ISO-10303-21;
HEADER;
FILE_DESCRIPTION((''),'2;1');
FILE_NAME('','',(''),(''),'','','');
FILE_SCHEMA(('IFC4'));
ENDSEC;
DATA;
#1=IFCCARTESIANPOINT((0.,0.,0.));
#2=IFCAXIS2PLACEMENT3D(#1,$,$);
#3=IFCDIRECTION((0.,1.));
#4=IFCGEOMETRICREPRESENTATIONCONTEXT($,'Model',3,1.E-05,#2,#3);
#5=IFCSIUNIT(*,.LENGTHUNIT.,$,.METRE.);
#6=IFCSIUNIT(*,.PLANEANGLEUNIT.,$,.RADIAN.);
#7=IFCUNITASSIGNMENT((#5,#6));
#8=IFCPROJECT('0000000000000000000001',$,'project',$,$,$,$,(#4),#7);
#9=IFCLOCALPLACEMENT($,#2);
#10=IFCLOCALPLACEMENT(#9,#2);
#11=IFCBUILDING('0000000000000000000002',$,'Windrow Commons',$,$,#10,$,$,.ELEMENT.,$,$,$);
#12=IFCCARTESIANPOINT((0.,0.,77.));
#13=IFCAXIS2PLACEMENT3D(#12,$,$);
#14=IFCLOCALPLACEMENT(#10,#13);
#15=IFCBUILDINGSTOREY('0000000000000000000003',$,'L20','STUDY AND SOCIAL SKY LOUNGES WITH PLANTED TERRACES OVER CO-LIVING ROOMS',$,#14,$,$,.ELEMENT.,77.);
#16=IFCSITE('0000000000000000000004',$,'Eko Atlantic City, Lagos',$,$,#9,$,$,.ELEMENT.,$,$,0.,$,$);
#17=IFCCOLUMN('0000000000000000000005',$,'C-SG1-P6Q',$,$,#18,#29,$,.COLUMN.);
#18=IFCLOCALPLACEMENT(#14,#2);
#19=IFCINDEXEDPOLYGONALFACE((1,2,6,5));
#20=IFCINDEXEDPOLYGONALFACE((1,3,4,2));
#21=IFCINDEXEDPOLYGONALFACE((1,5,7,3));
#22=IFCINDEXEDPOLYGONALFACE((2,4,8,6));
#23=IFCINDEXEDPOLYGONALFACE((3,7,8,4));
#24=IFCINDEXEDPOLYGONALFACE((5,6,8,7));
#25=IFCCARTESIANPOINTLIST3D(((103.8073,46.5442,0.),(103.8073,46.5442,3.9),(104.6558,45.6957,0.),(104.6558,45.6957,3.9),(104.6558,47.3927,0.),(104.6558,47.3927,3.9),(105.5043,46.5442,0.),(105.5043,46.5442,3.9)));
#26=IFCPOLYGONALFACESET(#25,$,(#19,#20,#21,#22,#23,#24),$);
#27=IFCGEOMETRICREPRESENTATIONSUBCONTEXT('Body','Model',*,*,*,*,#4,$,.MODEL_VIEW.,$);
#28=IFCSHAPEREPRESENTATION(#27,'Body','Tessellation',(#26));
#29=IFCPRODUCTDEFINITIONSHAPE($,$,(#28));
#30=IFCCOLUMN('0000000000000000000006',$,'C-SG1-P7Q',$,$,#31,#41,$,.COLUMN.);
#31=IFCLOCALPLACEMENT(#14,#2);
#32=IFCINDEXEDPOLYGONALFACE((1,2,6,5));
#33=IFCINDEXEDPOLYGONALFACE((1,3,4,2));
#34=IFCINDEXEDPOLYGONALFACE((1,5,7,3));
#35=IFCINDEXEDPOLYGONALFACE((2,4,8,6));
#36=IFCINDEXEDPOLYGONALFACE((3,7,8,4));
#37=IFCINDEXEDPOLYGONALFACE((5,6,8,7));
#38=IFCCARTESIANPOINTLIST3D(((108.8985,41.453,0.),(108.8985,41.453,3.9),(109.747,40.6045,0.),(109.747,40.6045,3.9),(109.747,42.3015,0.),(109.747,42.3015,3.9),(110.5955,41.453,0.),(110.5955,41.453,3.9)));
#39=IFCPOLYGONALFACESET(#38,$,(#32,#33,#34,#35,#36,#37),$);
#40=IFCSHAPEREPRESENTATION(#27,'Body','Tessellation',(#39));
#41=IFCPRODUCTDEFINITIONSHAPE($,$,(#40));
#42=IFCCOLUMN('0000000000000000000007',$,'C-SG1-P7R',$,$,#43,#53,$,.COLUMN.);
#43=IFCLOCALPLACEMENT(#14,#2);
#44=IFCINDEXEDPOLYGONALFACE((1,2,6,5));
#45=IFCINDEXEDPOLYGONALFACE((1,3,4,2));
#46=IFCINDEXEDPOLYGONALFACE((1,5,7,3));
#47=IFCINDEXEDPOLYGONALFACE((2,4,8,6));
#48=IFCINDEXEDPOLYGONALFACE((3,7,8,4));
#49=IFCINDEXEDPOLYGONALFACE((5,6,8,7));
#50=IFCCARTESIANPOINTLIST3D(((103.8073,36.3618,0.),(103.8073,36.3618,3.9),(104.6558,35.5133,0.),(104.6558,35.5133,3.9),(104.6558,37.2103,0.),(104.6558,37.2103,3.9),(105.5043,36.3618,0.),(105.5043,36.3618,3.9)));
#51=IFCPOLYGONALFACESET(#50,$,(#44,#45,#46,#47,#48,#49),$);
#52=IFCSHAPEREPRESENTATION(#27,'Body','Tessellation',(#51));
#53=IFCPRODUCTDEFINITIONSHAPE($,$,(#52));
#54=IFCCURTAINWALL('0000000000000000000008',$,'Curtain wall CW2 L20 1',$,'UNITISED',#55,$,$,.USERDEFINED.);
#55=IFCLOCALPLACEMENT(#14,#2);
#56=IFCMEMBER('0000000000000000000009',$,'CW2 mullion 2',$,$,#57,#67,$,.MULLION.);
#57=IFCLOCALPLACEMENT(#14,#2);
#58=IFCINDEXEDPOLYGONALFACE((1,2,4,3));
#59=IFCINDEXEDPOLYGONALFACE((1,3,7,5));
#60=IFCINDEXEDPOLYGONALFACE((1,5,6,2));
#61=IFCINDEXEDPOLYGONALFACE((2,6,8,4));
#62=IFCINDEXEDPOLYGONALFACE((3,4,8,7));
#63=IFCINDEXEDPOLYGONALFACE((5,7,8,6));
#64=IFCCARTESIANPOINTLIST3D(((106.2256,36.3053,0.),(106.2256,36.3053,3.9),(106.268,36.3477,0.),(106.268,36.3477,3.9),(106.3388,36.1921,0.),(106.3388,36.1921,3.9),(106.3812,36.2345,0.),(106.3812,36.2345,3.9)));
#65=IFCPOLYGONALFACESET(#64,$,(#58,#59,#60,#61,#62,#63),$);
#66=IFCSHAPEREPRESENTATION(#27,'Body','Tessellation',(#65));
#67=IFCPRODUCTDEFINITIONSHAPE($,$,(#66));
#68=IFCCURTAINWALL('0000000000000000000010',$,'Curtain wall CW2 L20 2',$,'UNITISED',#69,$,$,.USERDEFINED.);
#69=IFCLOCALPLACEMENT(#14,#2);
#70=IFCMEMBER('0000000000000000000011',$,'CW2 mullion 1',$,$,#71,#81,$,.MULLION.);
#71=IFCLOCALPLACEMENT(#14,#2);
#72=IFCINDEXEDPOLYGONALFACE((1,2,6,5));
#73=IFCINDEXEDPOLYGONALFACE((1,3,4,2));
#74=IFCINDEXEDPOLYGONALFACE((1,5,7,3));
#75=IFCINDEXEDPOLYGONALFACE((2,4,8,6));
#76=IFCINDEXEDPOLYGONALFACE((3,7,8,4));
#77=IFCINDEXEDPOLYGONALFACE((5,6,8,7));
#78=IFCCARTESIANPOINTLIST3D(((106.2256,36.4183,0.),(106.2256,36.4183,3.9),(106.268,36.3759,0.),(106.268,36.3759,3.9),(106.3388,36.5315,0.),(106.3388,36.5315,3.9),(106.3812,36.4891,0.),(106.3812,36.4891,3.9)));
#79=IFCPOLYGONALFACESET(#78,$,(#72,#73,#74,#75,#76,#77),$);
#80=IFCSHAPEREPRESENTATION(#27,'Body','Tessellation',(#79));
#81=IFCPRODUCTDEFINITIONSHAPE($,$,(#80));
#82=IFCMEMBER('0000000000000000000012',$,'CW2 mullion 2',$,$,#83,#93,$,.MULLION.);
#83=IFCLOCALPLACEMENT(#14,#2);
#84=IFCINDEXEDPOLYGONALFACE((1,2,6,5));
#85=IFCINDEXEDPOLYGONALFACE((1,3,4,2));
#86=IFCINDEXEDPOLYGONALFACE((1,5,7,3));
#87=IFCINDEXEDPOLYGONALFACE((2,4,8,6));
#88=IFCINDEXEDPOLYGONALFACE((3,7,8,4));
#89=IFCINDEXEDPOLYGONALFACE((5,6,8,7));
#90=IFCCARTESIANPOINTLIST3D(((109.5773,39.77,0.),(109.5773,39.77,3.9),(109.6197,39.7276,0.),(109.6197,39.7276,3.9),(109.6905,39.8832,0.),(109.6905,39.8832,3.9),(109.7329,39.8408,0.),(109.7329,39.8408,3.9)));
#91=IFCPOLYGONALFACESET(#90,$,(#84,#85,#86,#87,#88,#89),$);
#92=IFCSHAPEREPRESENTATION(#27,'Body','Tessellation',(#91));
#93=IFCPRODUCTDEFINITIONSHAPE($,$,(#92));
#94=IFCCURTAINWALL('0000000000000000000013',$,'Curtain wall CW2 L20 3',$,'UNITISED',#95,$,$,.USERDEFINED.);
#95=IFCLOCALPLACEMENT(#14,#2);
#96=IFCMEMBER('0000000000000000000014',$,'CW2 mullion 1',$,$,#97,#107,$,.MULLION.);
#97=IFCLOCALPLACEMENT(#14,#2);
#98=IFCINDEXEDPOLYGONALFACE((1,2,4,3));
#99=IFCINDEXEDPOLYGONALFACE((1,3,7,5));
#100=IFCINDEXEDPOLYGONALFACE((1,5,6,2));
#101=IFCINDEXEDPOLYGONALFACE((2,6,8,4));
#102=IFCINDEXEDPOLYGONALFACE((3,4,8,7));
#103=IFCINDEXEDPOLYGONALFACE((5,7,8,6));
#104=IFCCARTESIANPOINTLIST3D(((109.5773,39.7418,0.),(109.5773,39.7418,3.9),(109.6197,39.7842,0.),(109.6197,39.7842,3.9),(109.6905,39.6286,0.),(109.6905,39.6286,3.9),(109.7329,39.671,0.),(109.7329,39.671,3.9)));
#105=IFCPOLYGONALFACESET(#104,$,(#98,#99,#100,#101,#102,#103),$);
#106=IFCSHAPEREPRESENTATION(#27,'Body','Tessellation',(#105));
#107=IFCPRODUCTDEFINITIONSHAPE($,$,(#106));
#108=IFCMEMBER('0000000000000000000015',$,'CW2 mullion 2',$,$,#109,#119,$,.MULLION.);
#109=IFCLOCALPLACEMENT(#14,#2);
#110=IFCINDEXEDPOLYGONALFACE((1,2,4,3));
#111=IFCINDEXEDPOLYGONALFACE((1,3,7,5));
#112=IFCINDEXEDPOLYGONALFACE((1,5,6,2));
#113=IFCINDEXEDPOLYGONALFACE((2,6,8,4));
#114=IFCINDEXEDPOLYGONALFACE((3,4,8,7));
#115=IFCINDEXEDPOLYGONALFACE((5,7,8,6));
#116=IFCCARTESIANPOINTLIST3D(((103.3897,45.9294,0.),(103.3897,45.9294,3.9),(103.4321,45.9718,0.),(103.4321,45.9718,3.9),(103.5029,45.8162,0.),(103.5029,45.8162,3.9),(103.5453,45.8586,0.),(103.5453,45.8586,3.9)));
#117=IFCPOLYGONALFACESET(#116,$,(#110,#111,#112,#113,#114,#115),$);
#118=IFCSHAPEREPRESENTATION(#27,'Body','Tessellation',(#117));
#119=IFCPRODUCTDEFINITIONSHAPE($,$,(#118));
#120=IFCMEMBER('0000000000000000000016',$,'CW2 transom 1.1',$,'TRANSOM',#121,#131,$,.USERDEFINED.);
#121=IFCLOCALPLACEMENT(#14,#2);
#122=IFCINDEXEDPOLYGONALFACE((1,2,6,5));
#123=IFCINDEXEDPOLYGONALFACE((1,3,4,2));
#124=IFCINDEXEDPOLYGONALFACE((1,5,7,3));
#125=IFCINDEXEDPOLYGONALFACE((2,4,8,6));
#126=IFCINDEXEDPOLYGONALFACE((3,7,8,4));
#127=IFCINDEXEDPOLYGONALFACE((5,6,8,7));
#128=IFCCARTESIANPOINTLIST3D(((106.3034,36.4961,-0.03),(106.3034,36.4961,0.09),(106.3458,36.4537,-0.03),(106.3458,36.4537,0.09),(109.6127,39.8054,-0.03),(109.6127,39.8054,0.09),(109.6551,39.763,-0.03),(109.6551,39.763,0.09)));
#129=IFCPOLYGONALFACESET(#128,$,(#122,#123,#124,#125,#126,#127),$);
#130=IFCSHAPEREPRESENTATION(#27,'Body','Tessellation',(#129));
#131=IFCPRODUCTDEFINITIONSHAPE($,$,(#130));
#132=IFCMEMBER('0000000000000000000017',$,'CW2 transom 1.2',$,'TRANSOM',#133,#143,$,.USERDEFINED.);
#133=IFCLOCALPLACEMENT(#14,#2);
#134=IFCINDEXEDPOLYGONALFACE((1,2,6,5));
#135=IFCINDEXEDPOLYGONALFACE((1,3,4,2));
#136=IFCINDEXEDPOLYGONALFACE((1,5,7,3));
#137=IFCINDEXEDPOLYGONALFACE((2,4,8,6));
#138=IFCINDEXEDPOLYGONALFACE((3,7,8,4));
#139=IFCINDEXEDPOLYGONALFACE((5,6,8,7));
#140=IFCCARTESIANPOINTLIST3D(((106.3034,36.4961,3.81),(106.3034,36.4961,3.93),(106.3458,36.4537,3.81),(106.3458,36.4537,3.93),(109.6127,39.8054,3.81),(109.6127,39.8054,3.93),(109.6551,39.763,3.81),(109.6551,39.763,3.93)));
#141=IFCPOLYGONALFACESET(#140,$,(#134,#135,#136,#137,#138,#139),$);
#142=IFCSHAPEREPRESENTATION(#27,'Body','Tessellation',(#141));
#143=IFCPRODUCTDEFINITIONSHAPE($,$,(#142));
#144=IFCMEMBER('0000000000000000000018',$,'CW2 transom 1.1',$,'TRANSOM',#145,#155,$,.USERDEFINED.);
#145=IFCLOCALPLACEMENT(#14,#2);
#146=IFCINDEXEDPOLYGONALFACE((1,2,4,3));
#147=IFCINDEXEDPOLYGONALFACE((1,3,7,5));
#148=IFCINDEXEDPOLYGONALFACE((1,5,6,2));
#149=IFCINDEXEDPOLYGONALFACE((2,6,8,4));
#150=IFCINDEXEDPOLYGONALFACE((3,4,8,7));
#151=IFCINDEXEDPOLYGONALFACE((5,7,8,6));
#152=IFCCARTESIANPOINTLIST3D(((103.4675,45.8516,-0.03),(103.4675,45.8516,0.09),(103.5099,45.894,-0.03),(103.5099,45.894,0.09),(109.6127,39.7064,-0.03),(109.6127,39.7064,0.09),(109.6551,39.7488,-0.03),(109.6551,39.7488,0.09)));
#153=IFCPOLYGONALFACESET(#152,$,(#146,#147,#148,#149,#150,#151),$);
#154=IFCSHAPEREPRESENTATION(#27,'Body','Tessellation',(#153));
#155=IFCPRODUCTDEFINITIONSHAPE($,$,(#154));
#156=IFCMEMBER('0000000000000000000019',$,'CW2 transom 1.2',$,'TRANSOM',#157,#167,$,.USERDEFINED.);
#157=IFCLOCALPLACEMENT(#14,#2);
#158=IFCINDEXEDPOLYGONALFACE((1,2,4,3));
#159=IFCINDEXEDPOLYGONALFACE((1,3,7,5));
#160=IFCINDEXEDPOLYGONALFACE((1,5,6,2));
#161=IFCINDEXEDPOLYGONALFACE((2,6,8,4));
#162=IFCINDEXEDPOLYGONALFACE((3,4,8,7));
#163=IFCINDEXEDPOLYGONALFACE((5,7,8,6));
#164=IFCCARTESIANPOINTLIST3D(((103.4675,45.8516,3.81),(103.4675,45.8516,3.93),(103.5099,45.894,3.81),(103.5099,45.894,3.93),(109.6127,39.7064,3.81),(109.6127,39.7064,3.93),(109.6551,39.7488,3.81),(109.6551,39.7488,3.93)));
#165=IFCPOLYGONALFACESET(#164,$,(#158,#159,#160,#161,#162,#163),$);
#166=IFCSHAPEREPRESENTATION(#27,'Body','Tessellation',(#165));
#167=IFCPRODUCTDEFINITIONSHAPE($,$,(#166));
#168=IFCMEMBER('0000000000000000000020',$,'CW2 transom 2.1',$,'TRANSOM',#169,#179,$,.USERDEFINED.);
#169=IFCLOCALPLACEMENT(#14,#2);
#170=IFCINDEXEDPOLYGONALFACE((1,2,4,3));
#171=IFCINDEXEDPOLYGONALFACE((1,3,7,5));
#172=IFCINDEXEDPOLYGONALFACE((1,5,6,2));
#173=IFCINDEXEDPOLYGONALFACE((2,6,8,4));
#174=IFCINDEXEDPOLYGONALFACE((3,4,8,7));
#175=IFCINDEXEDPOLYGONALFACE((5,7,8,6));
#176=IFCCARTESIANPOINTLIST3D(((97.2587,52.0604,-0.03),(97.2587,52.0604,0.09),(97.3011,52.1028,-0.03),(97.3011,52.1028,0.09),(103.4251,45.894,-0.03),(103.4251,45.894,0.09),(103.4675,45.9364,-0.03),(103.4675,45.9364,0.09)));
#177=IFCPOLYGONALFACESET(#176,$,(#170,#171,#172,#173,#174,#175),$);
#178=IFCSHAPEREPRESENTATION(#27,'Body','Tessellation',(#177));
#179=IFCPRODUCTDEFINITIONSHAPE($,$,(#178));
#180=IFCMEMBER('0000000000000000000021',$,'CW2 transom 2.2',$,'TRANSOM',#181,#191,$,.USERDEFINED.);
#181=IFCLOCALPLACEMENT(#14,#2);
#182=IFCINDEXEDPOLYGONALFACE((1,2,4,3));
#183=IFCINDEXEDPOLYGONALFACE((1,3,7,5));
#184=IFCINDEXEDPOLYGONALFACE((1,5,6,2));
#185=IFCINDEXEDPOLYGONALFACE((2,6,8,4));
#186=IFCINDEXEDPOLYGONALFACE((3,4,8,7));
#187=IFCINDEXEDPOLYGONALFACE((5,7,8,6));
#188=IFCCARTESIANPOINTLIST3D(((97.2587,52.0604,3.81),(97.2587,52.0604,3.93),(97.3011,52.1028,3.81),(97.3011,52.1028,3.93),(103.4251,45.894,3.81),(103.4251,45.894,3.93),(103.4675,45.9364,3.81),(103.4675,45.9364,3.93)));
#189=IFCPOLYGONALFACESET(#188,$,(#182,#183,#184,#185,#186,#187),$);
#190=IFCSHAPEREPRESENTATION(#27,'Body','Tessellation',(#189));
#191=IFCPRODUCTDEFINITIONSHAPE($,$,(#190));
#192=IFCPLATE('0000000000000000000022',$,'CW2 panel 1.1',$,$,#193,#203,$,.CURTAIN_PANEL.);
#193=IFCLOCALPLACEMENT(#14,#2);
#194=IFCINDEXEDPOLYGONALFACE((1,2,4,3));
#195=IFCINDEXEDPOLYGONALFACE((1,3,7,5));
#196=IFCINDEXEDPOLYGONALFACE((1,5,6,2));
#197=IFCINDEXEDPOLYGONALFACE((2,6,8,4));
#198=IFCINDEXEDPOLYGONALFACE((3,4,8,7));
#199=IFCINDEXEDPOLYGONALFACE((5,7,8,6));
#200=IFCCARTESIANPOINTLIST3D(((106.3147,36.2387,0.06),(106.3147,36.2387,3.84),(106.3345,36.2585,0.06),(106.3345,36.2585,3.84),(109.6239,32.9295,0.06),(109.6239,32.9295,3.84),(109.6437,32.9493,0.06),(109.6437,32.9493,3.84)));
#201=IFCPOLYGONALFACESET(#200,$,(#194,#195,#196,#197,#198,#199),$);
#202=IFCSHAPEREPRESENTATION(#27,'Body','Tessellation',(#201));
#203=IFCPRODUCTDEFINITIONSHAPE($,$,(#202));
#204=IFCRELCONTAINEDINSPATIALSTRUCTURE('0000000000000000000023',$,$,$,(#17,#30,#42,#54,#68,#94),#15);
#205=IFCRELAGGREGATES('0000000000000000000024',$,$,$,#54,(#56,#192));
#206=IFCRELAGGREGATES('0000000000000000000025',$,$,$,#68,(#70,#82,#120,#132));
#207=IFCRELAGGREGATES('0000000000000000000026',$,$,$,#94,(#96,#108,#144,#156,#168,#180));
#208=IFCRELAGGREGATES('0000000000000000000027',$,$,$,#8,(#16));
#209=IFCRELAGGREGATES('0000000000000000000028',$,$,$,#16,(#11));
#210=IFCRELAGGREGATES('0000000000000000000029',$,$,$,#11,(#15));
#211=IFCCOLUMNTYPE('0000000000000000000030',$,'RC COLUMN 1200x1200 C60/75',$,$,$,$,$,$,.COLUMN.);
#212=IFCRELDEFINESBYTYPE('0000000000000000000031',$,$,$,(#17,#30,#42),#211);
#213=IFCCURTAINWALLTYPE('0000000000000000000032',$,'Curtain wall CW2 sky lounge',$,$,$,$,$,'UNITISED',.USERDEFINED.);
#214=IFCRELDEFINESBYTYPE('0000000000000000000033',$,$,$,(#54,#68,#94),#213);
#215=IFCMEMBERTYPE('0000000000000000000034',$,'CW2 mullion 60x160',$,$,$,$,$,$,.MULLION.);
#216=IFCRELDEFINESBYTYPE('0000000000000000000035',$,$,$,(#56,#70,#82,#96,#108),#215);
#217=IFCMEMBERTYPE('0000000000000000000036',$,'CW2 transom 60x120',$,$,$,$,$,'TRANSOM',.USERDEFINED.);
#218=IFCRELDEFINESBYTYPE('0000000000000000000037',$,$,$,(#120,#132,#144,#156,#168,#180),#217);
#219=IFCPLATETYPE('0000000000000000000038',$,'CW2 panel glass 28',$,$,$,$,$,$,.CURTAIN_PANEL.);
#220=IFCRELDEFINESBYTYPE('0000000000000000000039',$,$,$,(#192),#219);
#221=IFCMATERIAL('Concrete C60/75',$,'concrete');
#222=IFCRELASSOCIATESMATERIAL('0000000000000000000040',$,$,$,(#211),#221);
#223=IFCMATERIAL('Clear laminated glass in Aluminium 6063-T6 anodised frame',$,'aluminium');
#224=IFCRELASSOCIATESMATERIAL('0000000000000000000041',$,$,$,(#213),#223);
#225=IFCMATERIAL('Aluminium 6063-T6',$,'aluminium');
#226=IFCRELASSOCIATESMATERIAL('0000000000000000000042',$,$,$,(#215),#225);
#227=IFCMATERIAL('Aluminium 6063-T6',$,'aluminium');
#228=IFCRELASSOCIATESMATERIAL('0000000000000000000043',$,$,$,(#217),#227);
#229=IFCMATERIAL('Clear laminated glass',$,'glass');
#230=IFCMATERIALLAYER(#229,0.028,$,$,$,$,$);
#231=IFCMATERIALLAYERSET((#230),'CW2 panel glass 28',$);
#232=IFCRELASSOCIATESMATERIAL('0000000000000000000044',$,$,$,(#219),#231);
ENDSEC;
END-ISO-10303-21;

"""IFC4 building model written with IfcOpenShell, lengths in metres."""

from ifc_helpers import new_model, si_unit, direction, frame, origin, origin_2d, place, context, subcontext, project, spatial, rectangle, extrude, material, layer, layer_set, material_profile, profile_set, type_object, element, aggregate, save


model = new_model("IFC4")

# Units and contexts
model_context = context("Model", 3, precision=1e-05, world=origin(), true_north=direction((0.0, 1.0)))
body_context = subcontext(model_context, "Body", "Model", "MODEL_VIEW")
ifc_project = project(units=[si_unit("LENGTHUNIT", "METRE"), si_unit("PLANEANGLEUNIT", "RADIAN")], contexts=[model_context])

# Site, building, storey
site_placement = place(None, origin())
site = spatial("IfcSite", under=ifc_project, at=site_placement, Name="Eko Atlantic City, Lagos", CompositionType="ELEMENT", RefElevation=0.0)
building_placement = place(site_placement, origin())
building = spatial("IfcBuilding", under=site, at=building_placement, Name="Windrow Commons", CompositionType="ELEMENT")
storey_placement = place(building_placement, frame((0.0, 0.0, 77.0)))
storey = spatial("IfcBuildingStorey", under=building, at=storey_placement, Name="L20", Description="STUDY AND SOCIAL SKY LOUNGES WITH PLANTED TERRACES OVER CO-LIVING ROOMS", CompositionType="ELEMENT", Elevation=77.0)

# Columns
ifc_material_1 = material(Name="Concrete C60/75", Category="concrete")
ifc_material_profile_1 = material_profile(ifc_material_1, rectangle(XDim=1.2, YDim=1.2, at=origin_2d()))
ifc_profile_set_1 = profile_set([ifc_material_profile_1], Name="Concrete C60/75")
column_type = type_object("IfcColumnType", Name="RC COLUMN 1200x1200 C60/75", PredefinedType="COLUMN", material=ifc_profile_set_1)
for number, where, z_axis, x_axis, name in (
    (1, (104.6558, 46.5442, 0.0), (0.0, 0.0, 1.0), (0.707107, -0.707107, 0.0), "C-SG1-P6Q"),
    (2, (109.747, 41.453, 0.0), (0.0, 0.0, 1.0), (0.707107, -0.707107, 0.0), "C-SG1-P7Q"),
    (3, (104.6558, 36.3618, 0.0), (0.0, 0.0, 1.0), (0.707107, -0.707107, 0.0), "C-SG1-P7R"),
):
    element("IfcColumn", number, at=place(storey_placement, frame(where, z_axis=z_axis, x_axis=x_axis)), inside=storey, type_object=column_type, Name=name, PredefinedType="COLUMN", context=body_context, shape_type="SweptSolid", body=[
        extrude(rectangle(XDim=1.2, YDim=1.2, at=origin_2d()), origin(), (0.0, 0.0, 1.0), 3.9),
    ])

# Curtain wall, member
ifc_material_2 = material(Name="Clear laminated glass in Aluminium 6063-T6 anodised frame", Category="aluminium")
curtain_wall_type = type_object("IfcCurtainWallType", Name="Curtain wall CW2 sky lounge", ElementType="UNITISED", PredefinedType="USERDEFINED", material=ifc_material_2)
placement = place(storey_placement, origin())
curtain_wall_1 = element("IfcCurtainWall", 4, at=placement, inside=storey, type_object=curtain_wall_type, Name="Curtain wall CW2 L20 1", ObjectType="UNITISED", PredefinedType="USERDEFINED")
ifc_material_3 = material(Name="Aluminium 6063-T6", Category="aluminium")
ifc_material_profile_2 = material_profile(ifc_material_3, rectangle(XDim=0.06, YDim=0.16, at=origin_2d()))
ifc_profile_set_2 = profile_set([ifc_material_profile_2], Name="Aluminium 6063-T6")
member_type_1 = type_object("IfcMemberType", Name="CW2 mullion 60x160", PredefinedType="MULLION", material=ifc_profile_set_2)
member_1_placement = place(storey_placement, frame((106.3034, 36.2699, 0.0), z_axis=(0.0, 0.0, 1.0), x_axis=(-0.707107, -0.707107, 0.0)))
member_1 = element("IfcMember", 5, at=member_1_placement, type_object=member_type_1, Name="CW2 mullion 2", PredefinedType="MULLION", context=body_context, shape_type="SweptSolid", body=[
    extrude(rectangle(XDim=0.06, YDim=0.16, at=origin_2d()), origin(), (0.0, 0.0, 1.0), 3.9),
])

# Curtain walls, members
curtain_wall_2 = element("IfcCurtainWall", 6, at=placement, inside=storey, type_object=curtain_wall_type, Name="Curtain wall CW2 L20 2", ObjectType="UNITISED", PredefinedType="USERDEFINED")
member_2_placement = place(storey_placement, frame((106.3034, 36.4537, 0.0), z_axis=(0.0, 0.0, 1.0), x_axis=(-0.707107, 0.707107, 0.0)))
member_2 = element("IfcMember", 7, at=member_2_placement, type_object=member_type_1, Name="CW2 mullion 1", PredefinedType="MULLION", context=body_context, shape_type="SweptSolid", body=[
    extrude(rectangle(XDim=0.06, YDim=0.16, at=origin_2d()), origin(), (0.0, 0.0, 1.0), 3.9),
])
member_3_placement = place(storey_placement, frame((109.6551, 39.8054, 0.0), z_axis=(0.0, 0.0, 1.0), x_axis=(-0.707107, 0.707107, 0.0)))
member_3 = element("IfcMember", 8, at=member_3_placement, type_object=member_type_1, Name="CW2 mullion 2", PredefinedType="MULLION", context=body_context, shape_type="SweptSolid", body=[
    extrude(rectangle(XDim=0.06, YDim=0.16, at=origin_2d()), origin(), (0.0, 0.0, 1.0), 3.9),
])
curtain_wall_3 = element("IfcCurtainWall", 9, at=placement, inside=storey, type_object=curtain_wall_type, Name="Curtain wall CW2 L20 3", ObjectType="UNITISED", PredefinedType="USERDEFINED")
member_4_placement = place(storey_placement, frame((109.6551, 39.7064, 0.0), z_axis=(0.0, 0.0, 1.0), x_axis=(-0.707107, -0.707107, 0.0)))
member_4 = element("IfcMember", 10, at=member_4_placement, type_object=member_type_1, Name="CW2 mullion 1", PredefinedType="MULLION", context=body_context, shape_type="SweptSolid", body=[
    extrude(rectangle(XDim=0.06, YDim=0.16, at=origin_2d()), origin(), (0.0, 0.0, 1.0), 3.9),
])
member_5_placement = place(storey_placement, frame((103.4675, 45.894, 0.0), z_axis=(0.0, 0.0, 1.0), x_axis=(-0.707107, -0.707107, 0.0)))
member_5 = element("IfcMember", 11, at=member_5_placement, type_object=member_type_1, Name="CW2 mullion 2", PredefinedType="MULLION", context=body_context, shape_type="SweptSolid", body=[
    extrude(rectangle(XDim=0.06, YDim=0.16, at=origin_2d()), origin(), (0.0, 0.0, 1.0), 3.9),
])

# Members
ifc_material_4 = material(Name="Aluminium 6063-T6", Category="aluminium")
ifc_material_profile_3 = material_profile(ifc_material_4, rectangle(XDim=0.06, YDim=0.12, at=origin_2d()))
ifc_profile_set_3 = profile_set([ifc_material_profile_3], Name="Aluminium 6063-T6")
member_type_2 = type_object("IfcMemberType", Name="CW2 transom 60x120", ElementType="TRANSOM", PredefinedType="USERDEFINED", material=ifc_profile_set_3)
member_6_placement = place(storey_placement, frame((106.3246, 36.4749, 0.03), z_axis=(0.707107, 0.707107, 0.0), x_axis=(-0.707107, 0.707107, 0.0)))
member_6 = element("IfcMember", 12, at=member_6_placement, type_object=member_type_2, Name="CW2 transom 1.1", ObjectType="TRANSOM", PredefinedType="USERDEFINED", context=body_context, shape_type="SweptSolid", body=[
    extrude(rectangle(XDim=0.06, YDim=0.12, at=origin_2d()), origin(), (0.0, 0.0, 1.0), 4.6801),
])
member_7_placement = place(storey_placement, frame((106.3246, 36.4749, 3.87), z_axis=(0.707107, 0.707107, 0.0), x_axis=(-0.707107, 0.707107, 0.0)))
member_7 = element("IfcMember", 13, at=member_7_placement, type_object=member_type_2, Name="CW2 transom 1.2", ObjectType="TRANSOM", PredefinedType="USERDEFINED", context=body_context, shape_type="SweptSolid", body=[
    extrude(rectangle(XDim=0.06, YDim=0.12, at=origin_2d()), origin(), (0.0, 0.0, 1.0), 4.6801),
])
member_8_placement = place(storey_placement, frame((109.6339, 39.7276, 0.03), z_axis=(-0.707107, 0.707107, 0.0), x_axis=(-0.707107, -0.707107, 0.0)))
member_8 = element("IfcMember", 14, at=member_8_placement, type_object=member_type_2, Name="CW2 transom 1.1", ObjectType="TRANSOM", PredefinedType="USERDEFINED", context=body_context, shape_type="SweptSolid", body=[
    extrude(rectangle(XDim=0.06, YDim=0.12, at=origin_2d()), origin(), (0.0, 0.0, 1.0), 8.6906),
])
member_9_placement = place(storey_placement, frame((109.6339, 39.7276, 3.87), z_axis=(-0.707107, 0.707107, 0.0), x_axis=(-0.707107, -0.707107, 0.0)))
member_9 = element("IfcMember", 15, at=member_9_placement, type_object=member_type_2, Name="CW2 transom 1.2", ObjectType="TRANSOM", PredefinedType="USERDEFINED", context=body_context, shape_type="SweptSolid", body=[
    extrude(rectangle(XDim=0.06, YDim=0.12, at=origin_2d()), origin(), (0.0, 0.0, 1.0), 8.6906),
])
member_10_placement = place(storey_placement, frame((103.4463, 45.9152, 0.03), z_axis=(-0.707107, 0.707107, 0.0), x_axis=(-0.707107, -0.707107, 0.0)))
member_10 = element("IfcMember", 16, at=member_10_placement, type_object=member_type_2, Name="CW2 transom 2.1", ObjectType="TRANSOM", PredefinedType="USERDEFINED", context=body_context, shape_type="SweptSolid", body=[
    extrude(rectangle(XDim=0.06, YDim=0.12, at=origin_2d()), origin(), (0.0, 0.0, 1.0), 8.7206),
])
member_11_placement = place(storey_placement, frame((103.4463, 45.9152, 3.87), z_axis=(-0.707107, 0.707107, 0.0), x_axis=(-0.707107, -0.707107, 0.0)))
member_11 = element("IfcMember", 17, at=member_11_placement, type_object=member_type_2, Name="CW2 transom 2.2", ObjectType="TRANSOM", PredefinedType="USERDEFINED", context=body_context, shape_type="SweptSolid", body=[
    extrude(rectangle(XDim=0.06, YDim=0.12, at=origin_2d()), origin(), (0.0, 0.0, 1.0), 8.7206),
])

# Plate
ifc_material_5 = material(Name="Clear laminated glass", Category="glass")
ifc_layer_1 = layer(ifc_material_5, 0.028)
ifc_layer_set_1 = layer_set([ifc_layer_1], Name="CW2 panel glass 28")
plate_type = type_object("IfcPlateType", Name="CW2 panel glass 28", PredefinedType="CURTAIN_PANEL", material=ifc_layer_set_1)
plate_1_placement = place(storey_placement, frame((107.9792, 34.594, 0.06), z_axis=(0.0, 0.0, 1.0), x_axis=(-0.707107, 0.707107, 0.0)))
plate_1 = element("IfcPlate", 18, at=plate_1_placement, type_object=plate_type, Name="CW2 panel 1.1", PredefinedType="CURTAIN_PANEL", context=body_context, shape_type="SweptSolid", body=[
    extrude(rectangle(XDim=4.68, YDim=0.028, at=origin_2d()), origin(), (0.0, 0.0, 1.0), 3.78),
])
aggregate(curtain_wall_1, [member_1, plate_1])
aggregate(curtain_wall_2, [member_2, member_3, member_6, member_7])
aggregate(curtain_wall_3, [member_4, member_5, member_8, member_9, member_10, member_11])

save(model, "model.ifc")
